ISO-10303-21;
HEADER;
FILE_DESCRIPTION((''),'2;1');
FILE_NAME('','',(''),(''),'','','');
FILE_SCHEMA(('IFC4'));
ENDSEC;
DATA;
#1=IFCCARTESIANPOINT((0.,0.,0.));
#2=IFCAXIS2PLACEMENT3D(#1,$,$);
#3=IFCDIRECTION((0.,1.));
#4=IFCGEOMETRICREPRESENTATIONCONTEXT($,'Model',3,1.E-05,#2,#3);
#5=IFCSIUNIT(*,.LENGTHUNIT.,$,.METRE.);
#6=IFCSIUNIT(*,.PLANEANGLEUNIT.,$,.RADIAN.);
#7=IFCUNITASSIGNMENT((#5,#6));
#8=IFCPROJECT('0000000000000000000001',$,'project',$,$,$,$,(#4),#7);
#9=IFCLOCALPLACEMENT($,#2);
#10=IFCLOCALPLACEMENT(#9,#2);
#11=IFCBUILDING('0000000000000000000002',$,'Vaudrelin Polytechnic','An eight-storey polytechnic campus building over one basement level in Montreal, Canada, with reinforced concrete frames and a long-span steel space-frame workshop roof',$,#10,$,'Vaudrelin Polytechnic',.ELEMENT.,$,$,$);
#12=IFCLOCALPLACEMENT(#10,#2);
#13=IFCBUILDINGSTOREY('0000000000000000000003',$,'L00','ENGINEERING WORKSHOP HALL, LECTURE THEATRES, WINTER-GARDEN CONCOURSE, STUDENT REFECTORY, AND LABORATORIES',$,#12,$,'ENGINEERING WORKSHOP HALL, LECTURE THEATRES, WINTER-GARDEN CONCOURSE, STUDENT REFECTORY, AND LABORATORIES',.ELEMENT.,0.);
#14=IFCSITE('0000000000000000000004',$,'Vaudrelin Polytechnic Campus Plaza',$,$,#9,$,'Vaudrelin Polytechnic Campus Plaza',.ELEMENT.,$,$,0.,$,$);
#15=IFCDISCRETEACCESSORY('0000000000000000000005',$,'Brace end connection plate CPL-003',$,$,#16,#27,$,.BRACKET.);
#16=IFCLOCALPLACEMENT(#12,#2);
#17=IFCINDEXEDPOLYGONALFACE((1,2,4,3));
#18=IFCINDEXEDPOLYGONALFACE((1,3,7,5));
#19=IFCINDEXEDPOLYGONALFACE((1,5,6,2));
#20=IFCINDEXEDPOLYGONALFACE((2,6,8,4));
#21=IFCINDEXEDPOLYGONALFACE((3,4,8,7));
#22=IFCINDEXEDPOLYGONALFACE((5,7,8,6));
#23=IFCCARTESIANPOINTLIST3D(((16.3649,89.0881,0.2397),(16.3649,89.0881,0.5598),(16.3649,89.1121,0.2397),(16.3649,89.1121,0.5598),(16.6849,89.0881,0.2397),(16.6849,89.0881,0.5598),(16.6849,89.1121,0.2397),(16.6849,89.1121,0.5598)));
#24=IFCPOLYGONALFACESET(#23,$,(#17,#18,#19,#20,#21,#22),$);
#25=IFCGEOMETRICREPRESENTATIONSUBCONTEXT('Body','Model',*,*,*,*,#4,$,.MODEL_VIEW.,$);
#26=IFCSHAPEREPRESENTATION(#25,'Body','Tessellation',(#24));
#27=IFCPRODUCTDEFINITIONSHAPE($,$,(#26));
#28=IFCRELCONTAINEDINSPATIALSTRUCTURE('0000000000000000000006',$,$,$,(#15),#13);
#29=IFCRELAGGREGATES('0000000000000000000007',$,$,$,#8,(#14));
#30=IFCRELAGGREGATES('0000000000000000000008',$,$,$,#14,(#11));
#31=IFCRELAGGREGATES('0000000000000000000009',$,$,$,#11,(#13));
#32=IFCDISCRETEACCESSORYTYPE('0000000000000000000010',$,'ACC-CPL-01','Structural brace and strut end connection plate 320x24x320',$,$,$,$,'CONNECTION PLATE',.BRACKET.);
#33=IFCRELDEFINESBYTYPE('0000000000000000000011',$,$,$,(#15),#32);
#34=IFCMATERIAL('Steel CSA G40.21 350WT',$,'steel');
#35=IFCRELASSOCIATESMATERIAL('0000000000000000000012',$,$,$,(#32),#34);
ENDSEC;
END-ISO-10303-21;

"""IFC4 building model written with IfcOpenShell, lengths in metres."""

from ifc_helpers import new_model, si_unit, direction, frame, origin, origin_2d, place, context, subcontext, project, spatial, rectangle, extrude, material, type_object, element, save


model = new_model("IFC4")

# Units and contexts
model_context = context("Model", 3, precision=1e-05, world=origin(), true_north=direction((0.0, 1.0)))
body_context = subcontext(model_context, "Body", "Model", "MODEL_VIEW")
ifc_project = project(units=[si_unit("LENGTHUNIT", "METRE"), si_unit("PLANEANGLEUNIT", "RADIAN")], contexts=[model_context])

# Site, building, storey
site_placement = place(None, origin())
site = spatial("IfcSite", under=ifc_project, at=site_placement, Name="Vaudrelin Polytechnic Campus Plaza", LongName="Vaudrelin Polytechnic Campus Plaza", CompositionType="ELEMENT", RefElevation=0.0)
building_placement = place(site_placement, origin())
building = spatial("IfcBuilding", under=site, at=building_placement, Name="Vaudrelin Polytechnic", Description="An eight-storey polytechnic campus building over one basement level in Montreal, Canada, with reinforced concrete frames and a long-span steel space-frame workshop roof", LongName="Vaudrelin Polytechnic", CompositionType="ELEMENT")
storey_placement = place(building_placement, origin())
storey = spatial("IfcBuildingStorey", under=building, at=storey_placement, Name="L00", Description="ENGINEERING WORKSHOP HALL, LECTURE THEATRES, WINTER-GARDEN CONCOURSE, STUDENT REFECTORY, AND LABORATORIES", LongName="ENGINEERING WORKSHOP HALL, LECTURE THEATRES, WINTER-GARDEN CONCOURSE, STUDENT REFECTORY, AND LABORATORIES", CompositionType="ELEMENT", Elevation=0.0)

# Shared definitions
ifc_material_1 = material(Name="Steel CSA G40.21 350WT", Category="steel")

# Discrete accessory
discrete_accessory_type = type_object("IfcDiscreteAccessoryType", Name="ACC-CPL-01", Description="Structural brace and strut end connection plate 320x24x320", ElementType="CONNECTION PLATE", PredefinedType="BRACKET", material=ifc_material_1)
discrete_accessory_placement = place(storey_placement, frame((16.5249, 89.1001, 0.2397), z_axis=(0.0, 0.0, 1.0), x_axis=(1.0, 0.0, 0.0)))
element("IfcDiscreteAccessory", 1, at=discrete_accessory_placement, inside=storey, type_object=discrete_accessory_type, Name="Brace end connection plate CPL-003", PredefinedType="BRACKET", context=body_context, shape_type="SweptSolid", body=[
    extrude(rectangle(XDim=0.3201, YDim=0.0239, at=origin_2d()), origin(), (0.0, 0.0, 1.0), 0.3201),
])

save(model, "model.ifc")
